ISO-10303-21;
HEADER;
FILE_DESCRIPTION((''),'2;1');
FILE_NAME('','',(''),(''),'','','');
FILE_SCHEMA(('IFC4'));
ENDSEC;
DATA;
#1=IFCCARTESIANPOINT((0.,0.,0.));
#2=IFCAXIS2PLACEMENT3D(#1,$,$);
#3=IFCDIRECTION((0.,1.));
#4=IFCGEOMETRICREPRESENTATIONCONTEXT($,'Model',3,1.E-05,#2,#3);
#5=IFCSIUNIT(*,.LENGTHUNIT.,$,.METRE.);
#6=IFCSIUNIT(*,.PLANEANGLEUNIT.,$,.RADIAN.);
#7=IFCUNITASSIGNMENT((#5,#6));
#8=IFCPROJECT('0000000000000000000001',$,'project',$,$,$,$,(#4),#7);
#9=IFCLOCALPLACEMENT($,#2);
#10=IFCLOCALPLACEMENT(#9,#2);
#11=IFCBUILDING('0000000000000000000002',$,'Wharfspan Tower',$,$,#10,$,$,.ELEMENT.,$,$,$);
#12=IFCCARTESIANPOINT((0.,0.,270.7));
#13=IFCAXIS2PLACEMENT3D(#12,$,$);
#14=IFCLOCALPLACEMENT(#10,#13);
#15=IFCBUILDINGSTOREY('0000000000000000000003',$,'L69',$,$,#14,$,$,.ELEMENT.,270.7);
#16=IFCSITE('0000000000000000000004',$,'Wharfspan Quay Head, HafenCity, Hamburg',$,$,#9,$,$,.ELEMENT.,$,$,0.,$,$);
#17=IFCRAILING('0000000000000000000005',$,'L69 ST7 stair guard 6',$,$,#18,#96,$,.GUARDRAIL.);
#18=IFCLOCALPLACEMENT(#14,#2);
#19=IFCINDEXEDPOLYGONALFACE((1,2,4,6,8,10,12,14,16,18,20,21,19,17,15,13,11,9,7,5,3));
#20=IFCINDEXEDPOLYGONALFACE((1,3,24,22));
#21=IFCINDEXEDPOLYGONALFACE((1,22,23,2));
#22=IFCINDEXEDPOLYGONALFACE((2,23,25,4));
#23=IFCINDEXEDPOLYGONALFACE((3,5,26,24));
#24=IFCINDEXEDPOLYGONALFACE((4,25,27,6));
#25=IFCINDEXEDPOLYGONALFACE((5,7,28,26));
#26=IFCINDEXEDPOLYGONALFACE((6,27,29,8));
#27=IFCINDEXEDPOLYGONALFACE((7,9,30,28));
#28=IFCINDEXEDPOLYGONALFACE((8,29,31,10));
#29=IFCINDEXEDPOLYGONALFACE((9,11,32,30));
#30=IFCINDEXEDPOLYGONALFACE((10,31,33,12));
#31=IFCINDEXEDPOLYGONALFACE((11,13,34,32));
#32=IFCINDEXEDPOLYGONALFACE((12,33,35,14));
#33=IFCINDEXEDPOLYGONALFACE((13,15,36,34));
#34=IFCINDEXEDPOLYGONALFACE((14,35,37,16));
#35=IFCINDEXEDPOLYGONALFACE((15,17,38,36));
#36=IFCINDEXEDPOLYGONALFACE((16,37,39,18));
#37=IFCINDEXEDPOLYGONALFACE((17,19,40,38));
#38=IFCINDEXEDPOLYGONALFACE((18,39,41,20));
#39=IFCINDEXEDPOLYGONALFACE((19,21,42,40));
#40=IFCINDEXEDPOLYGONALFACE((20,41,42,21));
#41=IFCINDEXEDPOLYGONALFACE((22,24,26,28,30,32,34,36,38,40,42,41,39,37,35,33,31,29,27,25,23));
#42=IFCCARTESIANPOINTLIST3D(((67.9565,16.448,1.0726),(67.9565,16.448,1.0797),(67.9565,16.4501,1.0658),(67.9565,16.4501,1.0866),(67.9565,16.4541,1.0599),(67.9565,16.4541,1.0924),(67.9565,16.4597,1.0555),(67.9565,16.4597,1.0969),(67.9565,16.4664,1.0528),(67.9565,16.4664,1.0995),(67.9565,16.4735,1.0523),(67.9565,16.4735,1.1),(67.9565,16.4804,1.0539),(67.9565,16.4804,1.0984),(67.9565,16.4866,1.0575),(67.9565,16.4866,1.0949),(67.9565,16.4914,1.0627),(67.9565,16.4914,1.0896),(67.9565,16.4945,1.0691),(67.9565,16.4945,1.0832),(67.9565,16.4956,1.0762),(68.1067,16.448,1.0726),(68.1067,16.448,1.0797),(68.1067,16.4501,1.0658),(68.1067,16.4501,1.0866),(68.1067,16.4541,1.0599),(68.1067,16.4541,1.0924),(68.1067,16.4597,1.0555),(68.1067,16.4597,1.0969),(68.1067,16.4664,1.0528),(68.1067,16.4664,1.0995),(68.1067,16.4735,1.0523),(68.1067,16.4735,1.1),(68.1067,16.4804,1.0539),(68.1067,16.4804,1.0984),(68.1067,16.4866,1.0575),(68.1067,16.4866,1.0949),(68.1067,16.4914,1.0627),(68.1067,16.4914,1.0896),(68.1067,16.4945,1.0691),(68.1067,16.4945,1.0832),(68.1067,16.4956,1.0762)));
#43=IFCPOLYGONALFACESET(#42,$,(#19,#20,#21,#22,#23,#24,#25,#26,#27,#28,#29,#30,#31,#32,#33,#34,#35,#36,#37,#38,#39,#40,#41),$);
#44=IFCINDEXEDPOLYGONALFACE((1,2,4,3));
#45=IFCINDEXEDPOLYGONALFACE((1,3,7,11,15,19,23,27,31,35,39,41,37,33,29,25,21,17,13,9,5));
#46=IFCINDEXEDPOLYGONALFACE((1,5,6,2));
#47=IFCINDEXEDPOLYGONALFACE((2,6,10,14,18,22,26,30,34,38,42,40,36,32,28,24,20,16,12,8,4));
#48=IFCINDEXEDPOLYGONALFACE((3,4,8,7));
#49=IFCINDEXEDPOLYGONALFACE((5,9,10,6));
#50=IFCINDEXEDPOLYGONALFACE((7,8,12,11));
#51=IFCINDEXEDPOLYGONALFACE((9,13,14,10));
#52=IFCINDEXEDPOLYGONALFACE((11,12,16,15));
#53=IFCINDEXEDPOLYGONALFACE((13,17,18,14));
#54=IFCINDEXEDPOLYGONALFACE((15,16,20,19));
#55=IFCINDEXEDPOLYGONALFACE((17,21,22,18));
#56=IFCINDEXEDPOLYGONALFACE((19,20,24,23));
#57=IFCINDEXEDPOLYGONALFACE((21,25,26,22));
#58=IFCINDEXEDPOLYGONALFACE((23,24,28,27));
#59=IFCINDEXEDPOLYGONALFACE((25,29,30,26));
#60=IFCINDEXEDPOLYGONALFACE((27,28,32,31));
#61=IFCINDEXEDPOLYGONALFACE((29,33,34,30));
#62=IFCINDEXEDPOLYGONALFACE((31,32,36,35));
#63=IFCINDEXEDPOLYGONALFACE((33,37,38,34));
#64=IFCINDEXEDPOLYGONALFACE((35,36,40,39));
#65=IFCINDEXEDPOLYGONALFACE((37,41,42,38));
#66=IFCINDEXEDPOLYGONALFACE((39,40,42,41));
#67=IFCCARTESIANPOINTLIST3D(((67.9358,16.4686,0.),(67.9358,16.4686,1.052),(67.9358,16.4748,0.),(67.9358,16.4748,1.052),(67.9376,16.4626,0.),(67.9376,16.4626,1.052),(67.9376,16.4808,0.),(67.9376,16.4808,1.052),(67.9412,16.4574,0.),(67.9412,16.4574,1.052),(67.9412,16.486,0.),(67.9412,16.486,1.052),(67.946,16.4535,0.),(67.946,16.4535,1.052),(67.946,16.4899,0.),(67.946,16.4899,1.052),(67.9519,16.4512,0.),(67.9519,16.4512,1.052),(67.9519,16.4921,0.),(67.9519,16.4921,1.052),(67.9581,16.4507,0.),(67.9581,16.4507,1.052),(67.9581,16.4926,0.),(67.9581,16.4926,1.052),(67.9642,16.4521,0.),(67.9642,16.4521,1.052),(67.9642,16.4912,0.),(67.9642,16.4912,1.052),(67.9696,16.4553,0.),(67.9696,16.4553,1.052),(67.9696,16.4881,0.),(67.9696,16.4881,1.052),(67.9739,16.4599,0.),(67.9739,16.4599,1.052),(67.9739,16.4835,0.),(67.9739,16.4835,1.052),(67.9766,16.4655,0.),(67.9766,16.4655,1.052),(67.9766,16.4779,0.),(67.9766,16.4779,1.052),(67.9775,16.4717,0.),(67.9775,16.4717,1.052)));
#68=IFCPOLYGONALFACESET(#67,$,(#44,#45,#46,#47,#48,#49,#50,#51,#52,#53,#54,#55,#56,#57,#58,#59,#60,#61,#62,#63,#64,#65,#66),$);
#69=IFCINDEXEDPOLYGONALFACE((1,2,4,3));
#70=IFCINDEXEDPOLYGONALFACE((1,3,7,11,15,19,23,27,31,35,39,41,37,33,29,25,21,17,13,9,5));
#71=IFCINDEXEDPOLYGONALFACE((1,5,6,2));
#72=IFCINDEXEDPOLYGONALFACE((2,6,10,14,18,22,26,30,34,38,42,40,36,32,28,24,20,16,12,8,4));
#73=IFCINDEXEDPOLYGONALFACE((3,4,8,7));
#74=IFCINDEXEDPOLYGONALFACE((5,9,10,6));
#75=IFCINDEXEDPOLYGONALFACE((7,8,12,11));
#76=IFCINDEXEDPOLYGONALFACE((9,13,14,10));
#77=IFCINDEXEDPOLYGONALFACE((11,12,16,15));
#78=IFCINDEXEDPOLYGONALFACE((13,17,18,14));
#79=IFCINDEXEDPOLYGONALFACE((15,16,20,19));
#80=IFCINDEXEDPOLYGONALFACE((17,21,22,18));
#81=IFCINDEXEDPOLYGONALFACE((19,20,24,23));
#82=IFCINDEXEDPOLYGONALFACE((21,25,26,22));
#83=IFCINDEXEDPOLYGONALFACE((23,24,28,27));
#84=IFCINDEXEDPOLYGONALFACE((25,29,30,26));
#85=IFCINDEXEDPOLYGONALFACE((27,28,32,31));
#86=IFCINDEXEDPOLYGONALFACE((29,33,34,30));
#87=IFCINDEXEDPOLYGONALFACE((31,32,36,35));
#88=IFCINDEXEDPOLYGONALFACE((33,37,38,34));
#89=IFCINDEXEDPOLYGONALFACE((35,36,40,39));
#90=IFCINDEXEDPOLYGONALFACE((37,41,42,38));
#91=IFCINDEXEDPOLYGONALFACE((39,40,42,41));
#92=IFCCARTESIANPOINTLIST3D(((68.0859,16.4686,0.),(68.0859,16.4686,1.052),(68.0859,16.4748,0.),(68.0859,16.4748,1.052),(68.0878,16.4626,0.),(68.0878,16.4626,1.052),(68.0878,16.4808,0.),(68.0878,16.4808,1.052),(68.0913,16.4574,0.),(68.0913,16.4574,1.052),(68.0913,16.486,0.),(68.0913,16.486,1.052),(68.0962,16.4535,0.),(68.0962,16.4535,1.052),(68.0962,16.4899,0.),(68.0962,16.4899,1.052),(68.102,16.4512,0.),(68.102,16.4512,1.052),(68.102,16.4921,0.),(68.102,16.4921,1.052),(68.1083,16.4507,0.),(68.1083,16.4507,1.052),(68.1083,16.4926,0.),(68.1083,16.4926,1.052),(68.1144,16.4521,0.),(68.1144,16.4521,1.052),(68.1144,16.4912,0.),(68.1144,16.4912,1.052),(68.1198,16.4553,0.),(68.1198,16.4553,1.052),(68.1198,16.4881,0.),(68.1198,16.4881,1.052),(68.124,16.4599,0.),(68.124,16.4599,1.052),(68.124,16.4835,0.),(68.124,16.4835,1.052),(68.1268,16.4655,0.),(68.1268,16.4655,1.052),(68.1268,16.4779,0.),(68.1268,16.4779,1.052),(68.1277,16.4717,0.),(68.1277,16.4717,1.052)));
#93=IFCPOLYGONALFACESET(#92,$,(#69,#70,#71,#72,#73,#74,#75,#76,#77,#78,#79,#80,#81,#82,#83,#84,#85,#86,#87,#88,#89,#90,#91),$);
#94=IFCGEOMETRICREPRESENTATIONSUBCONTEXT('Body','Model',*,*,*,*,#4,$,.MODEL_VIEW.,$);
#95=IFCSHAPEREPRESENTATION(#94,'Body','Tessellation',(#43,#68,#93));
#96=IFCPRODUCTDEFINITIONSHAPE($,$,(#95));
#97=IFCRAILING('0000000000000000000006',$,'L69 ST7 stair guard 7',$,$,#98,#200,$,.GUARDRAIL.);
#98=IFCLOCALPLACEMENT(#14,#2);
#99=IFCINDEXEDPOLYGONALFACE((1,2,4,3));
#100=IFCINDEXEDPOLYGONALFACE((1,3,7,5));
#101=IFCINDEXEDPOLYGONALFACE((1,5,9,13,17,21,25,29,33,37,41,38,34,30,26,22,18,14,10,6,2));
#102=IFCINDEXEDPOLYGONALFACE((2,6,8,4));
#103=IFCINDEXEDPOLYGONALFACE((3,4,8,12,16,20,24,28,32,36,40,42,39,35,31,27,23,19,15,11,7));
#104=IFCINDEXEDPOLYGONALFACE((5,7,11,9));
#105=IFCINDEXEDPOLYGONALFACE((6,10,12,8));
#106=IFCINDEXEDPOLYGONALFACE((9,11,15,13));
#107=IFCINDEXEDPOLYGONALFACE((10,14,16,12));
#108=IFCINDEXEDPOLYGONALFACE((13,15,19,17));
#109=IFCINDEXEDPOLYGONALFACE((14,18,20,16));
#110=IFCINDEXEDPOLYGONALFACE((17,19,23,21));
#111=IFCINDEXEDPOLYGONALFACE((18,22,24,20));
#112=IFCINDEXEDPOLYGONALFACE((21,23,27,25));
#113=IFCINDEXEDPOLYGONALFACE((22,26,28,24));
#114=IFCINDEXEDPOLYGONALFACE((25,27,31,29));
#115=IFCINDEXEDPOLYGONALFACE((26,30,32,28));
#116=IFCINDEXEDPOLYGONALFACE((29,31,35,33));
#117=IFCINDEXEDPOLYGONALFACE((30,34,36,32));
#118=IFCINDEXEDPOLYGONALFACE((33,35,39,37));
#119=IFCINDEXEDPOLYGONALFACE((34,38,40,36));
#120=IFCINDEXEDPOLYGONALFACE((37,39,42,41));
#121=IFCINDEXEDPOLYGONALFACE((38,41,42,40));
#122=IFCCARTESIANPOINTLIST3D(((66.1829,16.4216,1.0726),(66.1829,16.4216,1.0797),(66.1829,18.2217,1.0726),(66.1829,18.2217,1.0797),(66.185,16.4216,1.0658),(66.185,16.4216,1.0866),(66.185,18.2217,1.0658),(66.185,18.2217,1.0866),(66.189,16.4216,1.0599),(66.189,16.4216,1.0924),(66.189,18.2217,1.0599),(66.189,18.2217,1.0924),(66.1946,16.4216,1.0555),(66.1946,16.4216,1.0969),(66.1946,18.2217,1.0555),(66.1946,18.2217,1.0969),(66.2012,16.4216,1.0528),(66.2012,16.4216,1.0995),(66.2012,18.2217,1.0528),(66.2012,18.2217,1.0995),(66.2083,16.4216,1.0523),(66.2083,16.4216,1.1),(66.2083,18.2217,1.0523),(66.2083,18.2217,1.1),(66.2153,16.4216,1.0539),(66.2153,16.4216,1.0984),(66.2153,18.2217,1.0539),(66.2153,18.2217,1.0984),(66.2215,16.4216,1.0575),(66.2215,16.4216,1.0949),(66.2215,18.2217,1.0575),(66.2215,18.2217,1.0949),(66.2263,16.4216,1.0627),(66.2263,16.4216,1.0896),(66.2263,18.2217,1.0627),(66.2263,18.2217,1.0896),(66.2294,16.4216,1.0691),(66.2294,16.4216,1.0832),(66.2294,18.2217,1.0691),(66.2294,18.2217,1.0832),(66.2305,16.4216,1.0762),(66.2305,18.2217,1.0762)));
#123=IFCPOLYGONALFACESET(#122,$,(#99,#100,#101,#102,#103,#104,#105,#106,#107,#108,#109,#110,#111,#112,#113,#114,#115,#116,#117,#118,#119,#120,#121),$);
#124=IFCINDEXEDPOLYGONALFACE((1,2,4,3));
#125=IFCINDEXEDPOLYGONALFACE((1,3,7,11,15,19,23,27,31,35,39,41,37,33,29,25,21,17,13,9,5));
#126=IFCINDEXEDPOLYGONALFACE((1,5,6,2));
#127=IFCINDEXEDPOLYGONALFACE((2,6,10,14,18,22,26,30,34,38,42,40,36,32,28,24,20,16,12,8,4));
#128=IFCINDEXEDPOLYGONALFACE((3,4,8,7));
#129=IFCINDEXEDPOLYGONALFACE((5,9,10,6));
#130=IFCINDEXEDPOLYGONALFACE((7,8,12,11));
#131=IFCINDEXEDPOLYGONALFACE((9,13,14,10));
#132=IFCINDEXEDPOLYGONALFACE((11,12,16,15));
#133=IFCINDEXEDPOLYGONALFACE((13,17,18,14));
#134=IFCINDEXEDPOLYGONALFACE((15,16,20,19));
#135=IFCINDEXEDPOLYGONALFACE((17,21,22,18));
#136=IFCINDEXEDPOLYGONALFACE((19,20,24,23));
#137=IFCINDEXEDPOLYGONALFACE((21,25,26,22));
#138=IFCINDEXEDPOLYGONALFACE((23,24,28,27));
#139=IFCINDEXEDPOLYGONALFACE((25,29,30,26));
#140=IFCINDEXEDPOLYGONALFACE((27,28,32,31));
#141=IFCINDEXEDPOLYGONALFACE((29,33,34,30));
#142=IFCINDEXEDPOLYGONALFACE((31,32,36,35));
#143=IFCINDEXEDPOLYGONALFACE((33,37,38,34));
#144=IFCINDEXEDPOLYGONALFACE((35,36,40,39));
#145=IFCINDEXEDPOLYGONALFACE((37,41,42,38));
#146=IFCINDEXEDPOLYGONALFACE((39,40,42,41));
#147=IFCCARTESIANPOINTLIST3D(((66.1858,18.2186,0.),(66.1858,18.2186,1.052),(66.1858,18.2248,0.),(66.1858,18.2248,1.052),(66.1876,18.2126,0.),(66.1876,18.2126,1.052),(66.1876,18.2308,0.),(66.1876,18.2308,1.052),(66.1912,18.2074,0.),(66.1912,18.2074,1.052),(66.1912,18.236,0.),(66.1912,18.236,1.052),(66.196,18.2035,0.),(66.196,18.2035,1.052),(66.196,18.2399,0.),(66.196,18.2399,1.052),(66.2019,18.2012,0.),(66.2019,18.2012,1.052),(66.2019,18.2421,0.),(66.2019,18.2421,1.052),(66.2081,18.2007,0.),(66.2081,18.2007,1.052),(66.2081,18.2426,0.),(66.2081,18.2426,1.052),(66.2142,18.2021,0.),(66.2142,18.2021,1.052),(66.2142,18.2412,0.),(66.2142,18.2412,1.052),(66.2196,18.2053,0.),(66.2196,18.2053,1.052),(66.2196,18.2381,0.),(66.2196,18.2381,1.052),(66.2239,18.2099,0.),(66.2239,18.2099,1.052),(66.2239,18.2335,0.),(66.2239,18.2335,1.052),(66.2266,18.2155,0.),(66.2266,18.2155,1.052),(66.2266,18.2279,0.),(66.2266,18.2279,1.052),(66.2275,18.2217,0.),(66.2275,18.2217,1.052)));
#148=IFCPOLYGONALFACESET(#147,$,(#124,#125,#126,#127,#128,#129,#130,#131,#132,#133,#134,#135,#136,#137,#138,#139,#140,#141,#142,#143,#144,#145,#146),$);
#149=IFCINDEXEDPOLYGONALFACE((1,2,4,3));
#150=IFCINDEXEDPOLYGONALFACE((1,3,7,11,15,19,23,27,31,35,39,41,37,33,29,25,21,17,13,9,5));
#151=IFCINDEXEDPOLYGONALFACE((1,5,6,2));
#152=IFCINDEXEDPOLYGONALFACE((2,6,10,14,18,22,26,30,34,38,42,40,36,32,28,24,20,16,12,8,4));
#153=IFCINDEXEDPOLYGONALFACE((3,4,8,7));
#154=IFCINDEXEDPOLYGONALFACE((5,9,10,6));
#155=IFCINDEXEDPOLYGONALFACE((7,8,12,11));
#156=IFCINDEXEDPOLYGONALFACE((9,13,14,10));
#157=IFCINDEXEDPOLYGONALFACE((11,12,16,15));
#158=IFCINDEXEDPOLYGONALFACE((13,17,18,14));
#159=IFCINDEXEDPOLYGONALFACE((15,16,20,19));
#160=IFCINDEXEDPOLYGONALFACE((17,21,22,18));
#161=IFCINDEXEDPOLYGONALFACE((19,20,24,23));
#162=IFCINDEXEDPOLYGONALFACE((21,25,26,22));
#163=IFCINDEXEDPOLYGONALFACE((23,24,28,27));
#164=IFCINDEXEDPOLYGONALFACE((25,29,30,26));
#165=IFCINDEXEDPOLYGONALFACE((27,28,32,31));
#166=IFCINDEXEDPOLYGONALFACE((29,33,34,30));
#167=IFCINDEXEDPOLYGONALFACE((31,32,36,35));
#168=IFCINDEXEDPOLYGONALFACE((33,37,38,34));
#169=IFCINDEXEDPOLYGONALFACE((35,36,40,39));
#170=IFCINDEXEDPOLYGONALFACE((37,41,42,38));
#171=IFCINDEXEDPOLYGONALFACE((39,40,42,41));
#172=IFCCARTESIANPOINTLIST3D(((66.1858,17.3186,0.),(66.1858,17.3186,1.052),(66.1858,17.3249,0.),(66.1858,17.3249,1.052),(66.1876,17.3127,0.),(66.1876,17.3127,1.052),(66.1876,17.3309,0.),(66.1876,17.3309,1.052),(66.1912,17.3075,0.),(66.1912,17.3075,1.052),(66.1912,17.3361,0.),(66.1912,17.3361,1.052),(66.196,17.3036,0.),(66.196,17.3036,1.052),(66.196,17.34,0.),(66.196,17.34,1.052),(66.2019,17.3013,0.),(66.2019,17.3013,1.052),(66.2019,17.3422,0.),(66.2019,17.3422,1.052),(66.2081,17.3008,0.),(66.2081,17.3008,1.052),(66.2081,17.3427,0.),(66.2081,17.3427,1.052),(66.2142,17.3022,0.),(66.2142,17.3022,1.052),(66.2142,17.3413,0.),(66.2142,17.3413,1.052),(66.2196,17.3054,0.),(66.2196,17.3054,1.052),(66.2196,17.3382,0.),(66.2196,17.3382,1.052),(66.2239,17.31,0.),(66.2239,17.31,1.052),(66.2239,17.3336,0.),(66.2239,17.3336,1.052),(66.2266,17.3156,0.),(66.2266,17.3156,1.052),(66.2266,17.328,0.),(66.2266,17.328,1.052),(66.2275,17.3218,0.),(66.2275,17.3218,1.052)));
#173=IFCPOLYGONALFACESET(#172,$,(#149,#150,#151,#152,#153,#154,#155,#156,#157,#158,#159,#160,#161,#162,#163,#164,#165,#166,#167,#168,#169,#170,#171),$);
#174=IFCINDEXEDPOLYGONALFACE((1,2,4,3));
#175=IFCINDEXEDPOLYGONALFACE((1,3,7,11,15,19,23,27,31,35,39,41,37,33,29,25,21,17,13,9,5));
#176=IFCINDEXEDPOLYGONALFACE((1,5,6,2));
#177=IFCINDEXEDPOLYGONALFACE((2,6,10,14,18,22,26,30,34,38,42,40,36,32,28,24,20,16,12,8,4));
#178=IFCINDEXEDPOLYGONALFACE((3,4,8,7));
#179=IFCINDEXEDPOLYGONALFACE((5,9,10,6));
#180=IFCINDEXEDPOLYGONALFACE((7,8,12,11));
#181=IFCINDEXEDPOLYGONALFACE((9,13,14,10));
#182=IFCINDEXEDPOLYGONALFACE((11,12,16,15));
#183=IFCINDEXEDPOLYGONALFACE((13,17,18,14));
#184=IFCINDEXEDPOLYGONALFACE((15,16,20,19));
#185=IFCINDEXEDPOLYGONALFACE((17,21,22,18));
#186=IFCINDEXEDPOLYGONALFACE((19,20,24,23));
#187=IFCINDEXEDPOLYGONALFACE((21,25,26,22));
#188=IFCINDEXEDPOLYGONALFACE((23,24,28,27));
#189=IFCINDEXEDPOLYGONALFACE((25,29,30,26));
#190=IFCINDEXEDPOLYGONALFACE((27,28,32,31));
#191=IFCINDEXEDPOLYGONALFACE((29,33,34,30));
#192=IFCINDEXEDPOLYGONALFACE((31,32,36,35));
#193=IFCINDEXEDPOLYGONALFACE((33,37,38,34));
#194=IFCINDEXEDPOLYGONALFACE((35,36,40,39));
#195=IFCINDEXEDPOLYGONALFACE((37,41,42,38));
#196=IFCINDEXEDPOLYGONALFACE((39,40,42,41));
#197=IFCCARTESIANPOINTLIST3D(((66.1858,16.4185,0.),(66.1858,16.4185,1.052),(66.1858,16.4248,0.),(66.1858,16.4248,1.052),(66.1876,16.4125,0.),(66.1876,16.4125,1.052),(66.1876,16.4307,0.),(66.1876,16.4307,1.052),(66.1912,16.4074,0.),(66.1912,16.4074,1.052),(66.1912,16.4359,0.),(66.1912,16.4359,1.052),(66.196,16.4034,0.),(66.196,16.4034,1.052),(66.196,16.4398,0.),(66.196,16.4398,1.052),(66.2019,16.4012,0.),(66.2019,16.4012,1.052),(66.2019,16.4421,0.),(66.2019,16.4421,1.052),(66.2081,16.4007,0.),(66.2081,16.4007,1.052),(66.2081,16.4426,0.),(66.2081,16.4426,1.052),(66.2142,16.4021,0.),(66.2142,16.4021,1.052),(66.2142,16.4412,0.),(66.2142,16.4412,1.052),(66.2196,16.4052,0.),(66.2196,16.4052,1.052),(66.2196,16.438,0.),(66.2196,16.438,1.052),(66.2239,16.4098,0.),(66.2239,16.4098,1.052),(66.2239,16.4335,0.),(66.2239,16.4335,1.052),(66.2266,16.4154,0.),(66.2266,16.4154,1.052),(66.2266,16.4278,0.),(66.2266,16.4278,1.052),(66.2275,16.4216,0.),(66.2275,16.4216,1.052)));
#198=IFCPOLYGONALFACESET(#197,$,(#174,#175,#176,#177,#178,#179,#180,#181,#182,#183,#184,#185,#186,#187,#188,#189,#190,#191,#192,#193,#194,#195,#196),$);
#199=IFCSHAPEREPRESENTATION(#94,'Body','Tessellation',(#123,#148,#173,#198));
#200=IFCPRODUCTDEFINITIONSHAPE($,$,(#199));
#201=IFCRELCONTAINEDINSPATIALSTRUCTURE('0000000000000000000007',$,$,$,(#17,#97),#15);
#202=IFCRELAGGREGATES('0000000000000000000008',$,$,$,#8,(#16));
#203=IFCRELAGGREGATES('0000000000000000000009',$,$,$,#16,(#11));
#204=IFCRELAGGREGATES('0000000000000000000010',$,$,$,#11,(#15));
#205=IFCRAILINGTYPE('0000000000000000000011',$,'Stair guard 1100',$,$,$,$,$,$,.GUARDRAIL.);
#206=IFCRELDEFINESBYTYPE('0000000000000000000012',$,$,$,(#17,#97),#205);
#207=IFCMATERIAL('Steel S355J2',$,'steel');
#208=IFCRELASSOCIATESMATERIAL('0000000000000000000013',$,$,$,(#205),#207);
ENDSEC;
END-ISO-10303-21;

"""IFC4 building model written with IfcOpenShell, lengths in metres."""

from ifc_helpers import new_model, si_unit, direction, frame, origin, origin_2d, place, context, subcontext, project, spatial, circle, extrude, material, type_object, element, save


model = new_model("IFC4")

# Units and contexts
model_context = context("Model", 3, precision=1e-05, world=origin(), true_north=direction((0.0, 1.0)))
body_context = subcontext(model_context, "Body", "Model", "MODEL_VIEW")
ifc_project = project(units=[si_unit("LENGTHUNIT", "METRE"), si_unit("PLANEANGLEUNIT", "RADIAN")], contexts=[model_context])

# Site, building, storey
site_placement = place(None, origin())
site = spatial("IfcSite", under=ifc_project, at=site_placement, Name="Wharfspan Quay Head, HafenCity, Hamburg", CompositionType="ELEMENT", RefElevation=0.0)
building_placement = place(site_placement, origin())
building = spatial("IfcBuilding", under=site, at=building_placement, Name="Wharfspan Tower", CompositionType="ELEMENT")
storey_placement = place(building_placement, frame((0.0, 0.0, 270.7)))
storey = spatial("IfcBuildingStorey", under=building, at=storey_placement, Name="L69", CompositionType="ELEMENT", Elevation=270.7)

# Shared definitions
ifc_material_1 = material(Name="Steel S355J2", Category="steel")

# Railings
railing_type_1 = type_object("IfcRailingType", Name="Stair guard 1100", PredefinedType="GUARDRAIL", material=ifc_material_1)
railing_1_placement = place(storey_placement, frame((67.9565, 16.4717, 0.0)))
element("IfcRailing", 1, at=railing_1_placement, inside=storey, type_object=railing_type_1, Name="L69 ST7 stair guard 6", PredefinedType="GUARDRAIL", context=body_context, shape_type="SweptSolid", body=[
    extrude(circle(Radius=0.0239, at=origin_2d()), frame((0.0, 0.0, 1.0762), z_axis=(1.0, 0.0, 0.0), x_axis=(0.0, 1.0, 0.0)), (0.0, 0.0, 1.0), 0.1501),
    extrude(circle(Radius=0.021, at=origin_2d()), origin(), (0.0, 0.0, 1.0), 1.052),
    extrude(circle(Radius=0.021, at=origin_2d()), frame((0.1501, 0.0, 0.0)), (0.0, 0.0, 1.0), 1.052),
])
railing_2_placement = place(storey_placement, frame((66.2065, 18.2217, 0.0)))
element("IfcRailing", 2, at=railing_2_placement, inside=storey, type_object=railing_type_1, Name="L69 ST7 stair guard 7", PredefinedType="GUARDRAIL", context=body_context, shape_type="SweptSolid", body=[
    extrude(circle(Radius=0.0239, at=origin_2d()), frame((0.0, 0.0, 1.0762), z_axis=(0.0, -1.0, 0.0), x_axis=(1.0, 0.0, 0.0)), (0.0, 0.0, 1.0), 1.8),
    extrude(circle(Radius=0.021, at=origin_2d()), origin(), (0.0, 0.0, 1.0), 1.052),
    extrude(circle(Radius=0.021, at=origin_2d()), frame((0.0, -0.8999, 0.0)), (0.0, 0.0, 1.0), 1.052),
    extrude(circle(Radius=0.021, at=origin_2d()), frame((0.0, -1.8, 0.0)), (0.0, 0.0, 1.0), 1.052),
])

save(model, "model.ifc")
